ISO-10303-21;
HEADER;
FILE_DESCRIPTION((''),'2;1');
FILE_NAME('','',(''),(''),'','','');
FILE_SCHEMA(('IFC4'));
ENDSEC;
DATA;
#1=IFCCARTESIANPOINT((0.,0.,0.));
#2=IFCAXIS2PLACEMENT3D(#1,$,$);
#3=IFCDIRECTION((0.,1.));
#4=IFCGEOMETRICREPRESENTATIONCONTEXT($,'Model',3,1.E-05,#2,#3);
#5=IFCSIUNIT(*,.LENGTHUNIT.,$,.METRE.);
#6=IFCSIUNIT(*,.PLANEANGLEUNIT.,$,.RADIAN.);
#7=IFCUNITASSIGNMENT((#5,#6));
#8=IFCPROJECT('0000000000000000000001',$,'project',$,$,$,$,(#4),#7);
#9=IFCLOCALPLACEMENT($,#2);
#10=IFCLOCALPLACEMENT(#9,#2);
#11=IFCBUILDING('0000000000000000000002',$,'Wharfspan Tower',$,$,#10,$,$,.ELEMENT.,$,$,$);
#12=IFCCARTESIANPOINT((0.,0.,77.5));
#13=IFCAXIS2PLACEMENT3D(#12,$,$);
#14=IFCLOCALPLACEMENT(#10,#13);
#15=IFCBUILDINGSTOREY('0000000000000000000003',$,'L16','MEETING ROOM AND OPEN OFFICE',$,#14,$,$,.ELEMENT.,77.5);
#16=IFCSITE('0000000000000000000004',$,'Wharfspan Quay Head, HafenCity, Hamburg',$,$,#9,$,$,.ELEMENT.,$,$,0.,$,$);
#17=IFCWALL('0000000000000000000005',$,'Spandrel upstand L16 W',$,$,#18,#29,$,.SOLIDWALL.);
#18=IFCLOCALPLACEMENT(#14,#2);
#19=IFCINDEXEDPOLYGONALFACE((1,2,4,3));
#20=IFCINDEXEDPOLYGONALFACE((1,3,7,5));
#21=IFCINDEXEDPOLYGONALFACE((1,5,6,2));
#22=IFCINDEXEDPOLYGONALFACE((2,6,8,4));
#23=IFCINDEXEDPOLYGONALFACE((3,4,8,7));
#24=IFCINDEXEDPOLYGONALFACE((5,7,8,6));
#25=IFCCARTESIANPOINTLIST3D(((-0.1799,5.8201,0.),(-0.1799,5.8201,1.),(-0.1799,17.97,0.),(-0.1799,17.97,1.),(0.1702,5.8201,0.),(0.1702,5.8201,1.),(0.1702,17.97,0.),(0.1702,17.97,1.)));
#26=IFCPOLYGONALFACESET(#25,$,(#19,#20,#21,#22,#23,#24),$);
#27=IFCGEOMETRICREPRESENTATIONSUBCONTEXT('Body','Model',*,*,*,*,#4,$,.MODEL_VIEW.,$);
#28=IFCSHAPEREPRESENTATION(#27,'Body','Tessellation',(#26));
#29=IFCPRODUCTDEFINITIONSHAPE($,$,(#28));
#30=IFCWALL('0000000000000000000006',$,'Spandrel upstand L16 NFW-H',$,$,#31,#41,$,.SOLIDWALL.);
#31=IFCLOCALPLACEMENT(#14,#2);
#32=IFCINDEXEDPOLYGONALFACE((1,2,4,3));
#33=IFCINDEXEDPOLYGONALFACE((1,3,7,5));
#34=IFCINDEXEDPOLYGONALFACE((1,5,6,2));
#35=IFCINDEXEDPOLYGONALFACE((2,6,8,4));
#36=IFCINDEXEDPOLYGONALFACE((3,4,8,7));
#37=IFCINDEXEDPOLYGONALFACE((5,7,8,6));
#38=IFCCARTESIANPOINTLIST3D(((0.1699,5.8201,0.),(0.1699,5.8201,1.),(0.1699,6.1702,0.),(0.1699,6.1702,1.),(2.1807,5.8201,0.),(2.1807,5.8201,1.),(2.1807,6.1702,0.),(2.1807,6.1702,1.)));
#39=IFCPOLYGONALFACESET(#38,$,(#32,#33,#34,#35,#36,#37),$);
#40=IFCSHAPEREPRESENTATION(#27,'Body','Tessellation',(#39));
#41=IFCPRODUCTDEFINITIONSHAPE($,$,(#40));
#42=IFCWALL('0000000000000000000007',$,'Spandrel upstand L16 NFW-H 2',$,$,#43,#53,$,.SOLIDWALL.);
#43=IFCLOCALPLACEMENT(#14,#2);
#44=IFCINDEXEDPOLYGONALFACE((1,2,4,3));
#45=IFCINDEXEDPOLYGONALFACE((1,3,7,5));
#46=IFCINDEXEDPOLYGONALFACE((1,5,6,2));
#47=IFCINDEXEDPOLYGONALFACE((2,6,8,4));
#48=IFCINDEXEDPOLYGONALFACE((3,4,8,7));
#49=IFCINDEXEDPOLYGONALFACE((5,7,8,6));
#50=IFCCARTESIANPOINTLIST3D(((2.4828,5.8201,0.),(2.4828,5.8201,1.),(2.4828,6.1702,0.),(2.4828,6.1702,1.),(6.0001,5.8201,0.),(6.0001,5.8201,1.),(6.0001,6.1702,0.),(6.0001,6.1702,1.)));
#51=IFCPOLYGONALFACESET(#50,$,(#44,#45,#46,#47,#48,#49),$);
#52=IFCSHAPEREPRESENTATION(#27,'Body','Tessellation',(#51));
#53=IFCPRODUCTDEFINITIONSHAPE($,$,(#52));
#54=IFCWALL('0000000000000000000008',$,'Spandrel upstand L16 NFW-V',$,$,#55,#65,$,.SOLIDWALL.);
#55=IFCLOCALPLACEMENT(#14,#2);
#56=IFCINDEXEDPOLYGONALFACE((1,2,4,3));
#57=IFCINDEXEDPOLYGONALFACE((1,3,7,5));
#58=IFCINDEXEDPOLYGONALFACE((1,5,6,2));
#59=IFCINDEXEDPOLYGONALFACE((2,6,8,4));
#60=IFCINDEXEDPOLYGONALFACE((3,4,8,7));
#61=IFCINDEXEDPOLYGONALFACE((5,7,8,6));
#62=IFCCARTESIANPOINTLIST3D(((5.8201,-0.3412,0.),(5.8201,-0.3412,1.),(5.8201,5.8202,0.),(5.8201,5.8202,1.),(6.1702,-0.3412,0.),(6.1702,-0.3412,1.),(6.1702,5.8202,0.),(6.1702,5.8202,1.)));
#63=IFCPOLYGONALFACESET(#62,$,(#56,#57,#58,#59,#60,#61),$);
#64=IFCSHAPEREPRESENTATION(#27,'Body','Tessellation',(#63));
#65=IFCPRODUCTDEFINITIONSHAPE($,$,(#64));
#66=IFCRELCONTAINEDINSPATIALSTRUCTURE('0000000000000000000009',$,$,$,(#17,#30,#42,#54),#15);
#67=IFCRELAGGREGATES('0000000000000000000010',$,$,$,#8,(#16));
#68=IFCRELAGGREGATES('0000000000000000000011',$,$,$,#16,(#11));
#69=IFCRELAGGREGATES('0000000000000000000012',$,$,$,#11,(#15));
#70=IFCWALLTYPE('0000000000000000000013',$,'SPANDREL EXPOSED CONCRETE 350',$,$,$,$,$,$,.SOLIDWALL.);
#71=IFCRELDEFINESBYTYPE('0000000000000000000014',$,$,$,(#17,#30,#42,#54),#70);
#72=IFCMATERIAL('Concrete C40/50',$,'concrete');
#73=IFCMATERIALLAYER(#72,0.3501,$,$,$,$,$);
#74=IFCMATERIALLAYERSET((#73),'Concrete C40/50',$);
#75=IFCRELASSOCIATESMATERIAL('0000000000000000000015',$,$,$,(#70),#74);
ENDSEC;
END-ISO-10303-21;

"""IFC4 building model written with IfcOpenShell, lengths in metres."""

from ifc_helpers import new_model, si_unit, direction, frame, frame_2d, origin, place, context, subcontext, project, spatial, rectangle, extrude, material, layer, layer_set, type_object, element, save


model = new_model("IFC4")

# Units and contexts
model_context = context("Model", 3, precision=1e-05, world=origin(), true_north=direction((0.0, 1.0)))
body_context = subcontext(model_context, "Body", "Model", "MODEL_VIEW")
ifc_project = project(units=[si_unit("LENGTHUNIT", "METRE"), si_unit("PLANEANGLEUNIT", "RADIAN")], contexts=[model_context])

# Site, building, storey
site_placement = place(None, origin())
site = spatial("IfcSite", under=ifc_project, at=site_placement, Name="Wharfspan Quay Head, HafenCity, Hamburg", CompositionType="ELEMENT", RefElevation=0.0)
building_placement = place(site_placement, origin())
building = spatial("IfcBuilding", under=site, at=building_placement, Name="Wharfspan Tower", CompositionType="ELEMENT")
storey_placement = place(building_placement, frame((0.0, 0.0, 77.5)))
storey = spatial("IfcBuildingStorey", under=building, at=storey_placement, Name="L16", Description="MEETING ROOM AND OPEN OFFICE", CompositionType="ELEMENT", Elevation=77.5)

# Shared definitions
ifc_material_1 = material(Name="Concrete C40/50", Category="concrete")

# Walls
ifc_layer_1 = layer(ifc_material_1, 0.3501)
ifc_layer_set_1 = layer_set([ifc_layer_1], Name="Concrete C40/50")
wall_type_1 = type_object("IfcWallType", Name="SPANDREL EXPOSED CONCRETE 350", PredefinedType="SOLIDWALL", material=ifc_layer_set_1)
wall_1_placement = place(storey_placement, frame((-0.0049, 17.97, 0.0), z_axis=(0.0, 0.0, 1.0), x_axis=(0.0, -1.0, 0.0)))
element("IfcWall", 1, at=wall_1_placement, inside=storey, type_object=wall_type_1, Name="Spandrel upstand L16 W", PredefinedType="SOLIDWALL", context=body_context, shape_type="SweptSolid", body=[
    extrude(rectangle(XDim=12.1499, YDim=0.3501, at=frame_2d((6.075, 0.0))), origin(), (0.0, 0.0, 1.0), 1.0),
])
wall_2_placement = place(storey_placement, frame((0.1699, 5.9951, 0.0), z_axis=(0.0, 0.0, 1.0), x_axis=(1.0, 0.0, 0.0)))
element("IfcWall", 2, at=wall_2_placement, inside=storey, type_object=wall_type_1, Name="Spandrel upstand L16 NFW-H", PredefinedType="SOLIDWALL", context=body_context, shape_type="SweptSolid", body=[
    extrude(rectangle(XDim=2.0107, YDim=0.3501, at=frame_2d((1.0054, 0.0))), origin(), (0.0, 0.0, 1.0), 1.0),
])
wall_3_placement = place(storey_placement, frame((2.4827, 5.9951, 0.0), z_axis=(0.0, 0.0, 1.0), x_axis=(1.0, 0.0, 0.0)))
element("IfcWall", 3, at=wall_3_placement, inside=storey, type_object=wall_type_1, Name="Spandrel upstand L16 NFW-H 2", PredefinedType="SOLIDWALL", context=body_context, shape_type="SweptSolid", body=[
    extrude(rectangle(XDim=3.5173, YDim=0.3501, at=frame_2d((1.7588, 0.0))), origin(), (0.0, 0.0, 1.0), 1.0),
])
wall_4_placement = place(storey_placement, frame((5.9951, 5.8201, 0.0), z_axis=(0.0, 0.0, 1.0), x_axis=(0.0, -1.0, 0.0)))
element("IfcWall", 4, at=wall_4_placement, inside=storey, type_object=wall_type_1, Name="Spandrel upstand L16 NFW-V", PredefinedType="SOLIDWALL", context=body_context, shape_type="SweptSolid", body=[
    extrude(rectangle(XDim=6.1614, YDim=0.3501, at=frame_2d((3.0806, 0.0))), origin(), (0.0, 0.0, 1.0), 1.0),
])

save(model, "model.ifc")
